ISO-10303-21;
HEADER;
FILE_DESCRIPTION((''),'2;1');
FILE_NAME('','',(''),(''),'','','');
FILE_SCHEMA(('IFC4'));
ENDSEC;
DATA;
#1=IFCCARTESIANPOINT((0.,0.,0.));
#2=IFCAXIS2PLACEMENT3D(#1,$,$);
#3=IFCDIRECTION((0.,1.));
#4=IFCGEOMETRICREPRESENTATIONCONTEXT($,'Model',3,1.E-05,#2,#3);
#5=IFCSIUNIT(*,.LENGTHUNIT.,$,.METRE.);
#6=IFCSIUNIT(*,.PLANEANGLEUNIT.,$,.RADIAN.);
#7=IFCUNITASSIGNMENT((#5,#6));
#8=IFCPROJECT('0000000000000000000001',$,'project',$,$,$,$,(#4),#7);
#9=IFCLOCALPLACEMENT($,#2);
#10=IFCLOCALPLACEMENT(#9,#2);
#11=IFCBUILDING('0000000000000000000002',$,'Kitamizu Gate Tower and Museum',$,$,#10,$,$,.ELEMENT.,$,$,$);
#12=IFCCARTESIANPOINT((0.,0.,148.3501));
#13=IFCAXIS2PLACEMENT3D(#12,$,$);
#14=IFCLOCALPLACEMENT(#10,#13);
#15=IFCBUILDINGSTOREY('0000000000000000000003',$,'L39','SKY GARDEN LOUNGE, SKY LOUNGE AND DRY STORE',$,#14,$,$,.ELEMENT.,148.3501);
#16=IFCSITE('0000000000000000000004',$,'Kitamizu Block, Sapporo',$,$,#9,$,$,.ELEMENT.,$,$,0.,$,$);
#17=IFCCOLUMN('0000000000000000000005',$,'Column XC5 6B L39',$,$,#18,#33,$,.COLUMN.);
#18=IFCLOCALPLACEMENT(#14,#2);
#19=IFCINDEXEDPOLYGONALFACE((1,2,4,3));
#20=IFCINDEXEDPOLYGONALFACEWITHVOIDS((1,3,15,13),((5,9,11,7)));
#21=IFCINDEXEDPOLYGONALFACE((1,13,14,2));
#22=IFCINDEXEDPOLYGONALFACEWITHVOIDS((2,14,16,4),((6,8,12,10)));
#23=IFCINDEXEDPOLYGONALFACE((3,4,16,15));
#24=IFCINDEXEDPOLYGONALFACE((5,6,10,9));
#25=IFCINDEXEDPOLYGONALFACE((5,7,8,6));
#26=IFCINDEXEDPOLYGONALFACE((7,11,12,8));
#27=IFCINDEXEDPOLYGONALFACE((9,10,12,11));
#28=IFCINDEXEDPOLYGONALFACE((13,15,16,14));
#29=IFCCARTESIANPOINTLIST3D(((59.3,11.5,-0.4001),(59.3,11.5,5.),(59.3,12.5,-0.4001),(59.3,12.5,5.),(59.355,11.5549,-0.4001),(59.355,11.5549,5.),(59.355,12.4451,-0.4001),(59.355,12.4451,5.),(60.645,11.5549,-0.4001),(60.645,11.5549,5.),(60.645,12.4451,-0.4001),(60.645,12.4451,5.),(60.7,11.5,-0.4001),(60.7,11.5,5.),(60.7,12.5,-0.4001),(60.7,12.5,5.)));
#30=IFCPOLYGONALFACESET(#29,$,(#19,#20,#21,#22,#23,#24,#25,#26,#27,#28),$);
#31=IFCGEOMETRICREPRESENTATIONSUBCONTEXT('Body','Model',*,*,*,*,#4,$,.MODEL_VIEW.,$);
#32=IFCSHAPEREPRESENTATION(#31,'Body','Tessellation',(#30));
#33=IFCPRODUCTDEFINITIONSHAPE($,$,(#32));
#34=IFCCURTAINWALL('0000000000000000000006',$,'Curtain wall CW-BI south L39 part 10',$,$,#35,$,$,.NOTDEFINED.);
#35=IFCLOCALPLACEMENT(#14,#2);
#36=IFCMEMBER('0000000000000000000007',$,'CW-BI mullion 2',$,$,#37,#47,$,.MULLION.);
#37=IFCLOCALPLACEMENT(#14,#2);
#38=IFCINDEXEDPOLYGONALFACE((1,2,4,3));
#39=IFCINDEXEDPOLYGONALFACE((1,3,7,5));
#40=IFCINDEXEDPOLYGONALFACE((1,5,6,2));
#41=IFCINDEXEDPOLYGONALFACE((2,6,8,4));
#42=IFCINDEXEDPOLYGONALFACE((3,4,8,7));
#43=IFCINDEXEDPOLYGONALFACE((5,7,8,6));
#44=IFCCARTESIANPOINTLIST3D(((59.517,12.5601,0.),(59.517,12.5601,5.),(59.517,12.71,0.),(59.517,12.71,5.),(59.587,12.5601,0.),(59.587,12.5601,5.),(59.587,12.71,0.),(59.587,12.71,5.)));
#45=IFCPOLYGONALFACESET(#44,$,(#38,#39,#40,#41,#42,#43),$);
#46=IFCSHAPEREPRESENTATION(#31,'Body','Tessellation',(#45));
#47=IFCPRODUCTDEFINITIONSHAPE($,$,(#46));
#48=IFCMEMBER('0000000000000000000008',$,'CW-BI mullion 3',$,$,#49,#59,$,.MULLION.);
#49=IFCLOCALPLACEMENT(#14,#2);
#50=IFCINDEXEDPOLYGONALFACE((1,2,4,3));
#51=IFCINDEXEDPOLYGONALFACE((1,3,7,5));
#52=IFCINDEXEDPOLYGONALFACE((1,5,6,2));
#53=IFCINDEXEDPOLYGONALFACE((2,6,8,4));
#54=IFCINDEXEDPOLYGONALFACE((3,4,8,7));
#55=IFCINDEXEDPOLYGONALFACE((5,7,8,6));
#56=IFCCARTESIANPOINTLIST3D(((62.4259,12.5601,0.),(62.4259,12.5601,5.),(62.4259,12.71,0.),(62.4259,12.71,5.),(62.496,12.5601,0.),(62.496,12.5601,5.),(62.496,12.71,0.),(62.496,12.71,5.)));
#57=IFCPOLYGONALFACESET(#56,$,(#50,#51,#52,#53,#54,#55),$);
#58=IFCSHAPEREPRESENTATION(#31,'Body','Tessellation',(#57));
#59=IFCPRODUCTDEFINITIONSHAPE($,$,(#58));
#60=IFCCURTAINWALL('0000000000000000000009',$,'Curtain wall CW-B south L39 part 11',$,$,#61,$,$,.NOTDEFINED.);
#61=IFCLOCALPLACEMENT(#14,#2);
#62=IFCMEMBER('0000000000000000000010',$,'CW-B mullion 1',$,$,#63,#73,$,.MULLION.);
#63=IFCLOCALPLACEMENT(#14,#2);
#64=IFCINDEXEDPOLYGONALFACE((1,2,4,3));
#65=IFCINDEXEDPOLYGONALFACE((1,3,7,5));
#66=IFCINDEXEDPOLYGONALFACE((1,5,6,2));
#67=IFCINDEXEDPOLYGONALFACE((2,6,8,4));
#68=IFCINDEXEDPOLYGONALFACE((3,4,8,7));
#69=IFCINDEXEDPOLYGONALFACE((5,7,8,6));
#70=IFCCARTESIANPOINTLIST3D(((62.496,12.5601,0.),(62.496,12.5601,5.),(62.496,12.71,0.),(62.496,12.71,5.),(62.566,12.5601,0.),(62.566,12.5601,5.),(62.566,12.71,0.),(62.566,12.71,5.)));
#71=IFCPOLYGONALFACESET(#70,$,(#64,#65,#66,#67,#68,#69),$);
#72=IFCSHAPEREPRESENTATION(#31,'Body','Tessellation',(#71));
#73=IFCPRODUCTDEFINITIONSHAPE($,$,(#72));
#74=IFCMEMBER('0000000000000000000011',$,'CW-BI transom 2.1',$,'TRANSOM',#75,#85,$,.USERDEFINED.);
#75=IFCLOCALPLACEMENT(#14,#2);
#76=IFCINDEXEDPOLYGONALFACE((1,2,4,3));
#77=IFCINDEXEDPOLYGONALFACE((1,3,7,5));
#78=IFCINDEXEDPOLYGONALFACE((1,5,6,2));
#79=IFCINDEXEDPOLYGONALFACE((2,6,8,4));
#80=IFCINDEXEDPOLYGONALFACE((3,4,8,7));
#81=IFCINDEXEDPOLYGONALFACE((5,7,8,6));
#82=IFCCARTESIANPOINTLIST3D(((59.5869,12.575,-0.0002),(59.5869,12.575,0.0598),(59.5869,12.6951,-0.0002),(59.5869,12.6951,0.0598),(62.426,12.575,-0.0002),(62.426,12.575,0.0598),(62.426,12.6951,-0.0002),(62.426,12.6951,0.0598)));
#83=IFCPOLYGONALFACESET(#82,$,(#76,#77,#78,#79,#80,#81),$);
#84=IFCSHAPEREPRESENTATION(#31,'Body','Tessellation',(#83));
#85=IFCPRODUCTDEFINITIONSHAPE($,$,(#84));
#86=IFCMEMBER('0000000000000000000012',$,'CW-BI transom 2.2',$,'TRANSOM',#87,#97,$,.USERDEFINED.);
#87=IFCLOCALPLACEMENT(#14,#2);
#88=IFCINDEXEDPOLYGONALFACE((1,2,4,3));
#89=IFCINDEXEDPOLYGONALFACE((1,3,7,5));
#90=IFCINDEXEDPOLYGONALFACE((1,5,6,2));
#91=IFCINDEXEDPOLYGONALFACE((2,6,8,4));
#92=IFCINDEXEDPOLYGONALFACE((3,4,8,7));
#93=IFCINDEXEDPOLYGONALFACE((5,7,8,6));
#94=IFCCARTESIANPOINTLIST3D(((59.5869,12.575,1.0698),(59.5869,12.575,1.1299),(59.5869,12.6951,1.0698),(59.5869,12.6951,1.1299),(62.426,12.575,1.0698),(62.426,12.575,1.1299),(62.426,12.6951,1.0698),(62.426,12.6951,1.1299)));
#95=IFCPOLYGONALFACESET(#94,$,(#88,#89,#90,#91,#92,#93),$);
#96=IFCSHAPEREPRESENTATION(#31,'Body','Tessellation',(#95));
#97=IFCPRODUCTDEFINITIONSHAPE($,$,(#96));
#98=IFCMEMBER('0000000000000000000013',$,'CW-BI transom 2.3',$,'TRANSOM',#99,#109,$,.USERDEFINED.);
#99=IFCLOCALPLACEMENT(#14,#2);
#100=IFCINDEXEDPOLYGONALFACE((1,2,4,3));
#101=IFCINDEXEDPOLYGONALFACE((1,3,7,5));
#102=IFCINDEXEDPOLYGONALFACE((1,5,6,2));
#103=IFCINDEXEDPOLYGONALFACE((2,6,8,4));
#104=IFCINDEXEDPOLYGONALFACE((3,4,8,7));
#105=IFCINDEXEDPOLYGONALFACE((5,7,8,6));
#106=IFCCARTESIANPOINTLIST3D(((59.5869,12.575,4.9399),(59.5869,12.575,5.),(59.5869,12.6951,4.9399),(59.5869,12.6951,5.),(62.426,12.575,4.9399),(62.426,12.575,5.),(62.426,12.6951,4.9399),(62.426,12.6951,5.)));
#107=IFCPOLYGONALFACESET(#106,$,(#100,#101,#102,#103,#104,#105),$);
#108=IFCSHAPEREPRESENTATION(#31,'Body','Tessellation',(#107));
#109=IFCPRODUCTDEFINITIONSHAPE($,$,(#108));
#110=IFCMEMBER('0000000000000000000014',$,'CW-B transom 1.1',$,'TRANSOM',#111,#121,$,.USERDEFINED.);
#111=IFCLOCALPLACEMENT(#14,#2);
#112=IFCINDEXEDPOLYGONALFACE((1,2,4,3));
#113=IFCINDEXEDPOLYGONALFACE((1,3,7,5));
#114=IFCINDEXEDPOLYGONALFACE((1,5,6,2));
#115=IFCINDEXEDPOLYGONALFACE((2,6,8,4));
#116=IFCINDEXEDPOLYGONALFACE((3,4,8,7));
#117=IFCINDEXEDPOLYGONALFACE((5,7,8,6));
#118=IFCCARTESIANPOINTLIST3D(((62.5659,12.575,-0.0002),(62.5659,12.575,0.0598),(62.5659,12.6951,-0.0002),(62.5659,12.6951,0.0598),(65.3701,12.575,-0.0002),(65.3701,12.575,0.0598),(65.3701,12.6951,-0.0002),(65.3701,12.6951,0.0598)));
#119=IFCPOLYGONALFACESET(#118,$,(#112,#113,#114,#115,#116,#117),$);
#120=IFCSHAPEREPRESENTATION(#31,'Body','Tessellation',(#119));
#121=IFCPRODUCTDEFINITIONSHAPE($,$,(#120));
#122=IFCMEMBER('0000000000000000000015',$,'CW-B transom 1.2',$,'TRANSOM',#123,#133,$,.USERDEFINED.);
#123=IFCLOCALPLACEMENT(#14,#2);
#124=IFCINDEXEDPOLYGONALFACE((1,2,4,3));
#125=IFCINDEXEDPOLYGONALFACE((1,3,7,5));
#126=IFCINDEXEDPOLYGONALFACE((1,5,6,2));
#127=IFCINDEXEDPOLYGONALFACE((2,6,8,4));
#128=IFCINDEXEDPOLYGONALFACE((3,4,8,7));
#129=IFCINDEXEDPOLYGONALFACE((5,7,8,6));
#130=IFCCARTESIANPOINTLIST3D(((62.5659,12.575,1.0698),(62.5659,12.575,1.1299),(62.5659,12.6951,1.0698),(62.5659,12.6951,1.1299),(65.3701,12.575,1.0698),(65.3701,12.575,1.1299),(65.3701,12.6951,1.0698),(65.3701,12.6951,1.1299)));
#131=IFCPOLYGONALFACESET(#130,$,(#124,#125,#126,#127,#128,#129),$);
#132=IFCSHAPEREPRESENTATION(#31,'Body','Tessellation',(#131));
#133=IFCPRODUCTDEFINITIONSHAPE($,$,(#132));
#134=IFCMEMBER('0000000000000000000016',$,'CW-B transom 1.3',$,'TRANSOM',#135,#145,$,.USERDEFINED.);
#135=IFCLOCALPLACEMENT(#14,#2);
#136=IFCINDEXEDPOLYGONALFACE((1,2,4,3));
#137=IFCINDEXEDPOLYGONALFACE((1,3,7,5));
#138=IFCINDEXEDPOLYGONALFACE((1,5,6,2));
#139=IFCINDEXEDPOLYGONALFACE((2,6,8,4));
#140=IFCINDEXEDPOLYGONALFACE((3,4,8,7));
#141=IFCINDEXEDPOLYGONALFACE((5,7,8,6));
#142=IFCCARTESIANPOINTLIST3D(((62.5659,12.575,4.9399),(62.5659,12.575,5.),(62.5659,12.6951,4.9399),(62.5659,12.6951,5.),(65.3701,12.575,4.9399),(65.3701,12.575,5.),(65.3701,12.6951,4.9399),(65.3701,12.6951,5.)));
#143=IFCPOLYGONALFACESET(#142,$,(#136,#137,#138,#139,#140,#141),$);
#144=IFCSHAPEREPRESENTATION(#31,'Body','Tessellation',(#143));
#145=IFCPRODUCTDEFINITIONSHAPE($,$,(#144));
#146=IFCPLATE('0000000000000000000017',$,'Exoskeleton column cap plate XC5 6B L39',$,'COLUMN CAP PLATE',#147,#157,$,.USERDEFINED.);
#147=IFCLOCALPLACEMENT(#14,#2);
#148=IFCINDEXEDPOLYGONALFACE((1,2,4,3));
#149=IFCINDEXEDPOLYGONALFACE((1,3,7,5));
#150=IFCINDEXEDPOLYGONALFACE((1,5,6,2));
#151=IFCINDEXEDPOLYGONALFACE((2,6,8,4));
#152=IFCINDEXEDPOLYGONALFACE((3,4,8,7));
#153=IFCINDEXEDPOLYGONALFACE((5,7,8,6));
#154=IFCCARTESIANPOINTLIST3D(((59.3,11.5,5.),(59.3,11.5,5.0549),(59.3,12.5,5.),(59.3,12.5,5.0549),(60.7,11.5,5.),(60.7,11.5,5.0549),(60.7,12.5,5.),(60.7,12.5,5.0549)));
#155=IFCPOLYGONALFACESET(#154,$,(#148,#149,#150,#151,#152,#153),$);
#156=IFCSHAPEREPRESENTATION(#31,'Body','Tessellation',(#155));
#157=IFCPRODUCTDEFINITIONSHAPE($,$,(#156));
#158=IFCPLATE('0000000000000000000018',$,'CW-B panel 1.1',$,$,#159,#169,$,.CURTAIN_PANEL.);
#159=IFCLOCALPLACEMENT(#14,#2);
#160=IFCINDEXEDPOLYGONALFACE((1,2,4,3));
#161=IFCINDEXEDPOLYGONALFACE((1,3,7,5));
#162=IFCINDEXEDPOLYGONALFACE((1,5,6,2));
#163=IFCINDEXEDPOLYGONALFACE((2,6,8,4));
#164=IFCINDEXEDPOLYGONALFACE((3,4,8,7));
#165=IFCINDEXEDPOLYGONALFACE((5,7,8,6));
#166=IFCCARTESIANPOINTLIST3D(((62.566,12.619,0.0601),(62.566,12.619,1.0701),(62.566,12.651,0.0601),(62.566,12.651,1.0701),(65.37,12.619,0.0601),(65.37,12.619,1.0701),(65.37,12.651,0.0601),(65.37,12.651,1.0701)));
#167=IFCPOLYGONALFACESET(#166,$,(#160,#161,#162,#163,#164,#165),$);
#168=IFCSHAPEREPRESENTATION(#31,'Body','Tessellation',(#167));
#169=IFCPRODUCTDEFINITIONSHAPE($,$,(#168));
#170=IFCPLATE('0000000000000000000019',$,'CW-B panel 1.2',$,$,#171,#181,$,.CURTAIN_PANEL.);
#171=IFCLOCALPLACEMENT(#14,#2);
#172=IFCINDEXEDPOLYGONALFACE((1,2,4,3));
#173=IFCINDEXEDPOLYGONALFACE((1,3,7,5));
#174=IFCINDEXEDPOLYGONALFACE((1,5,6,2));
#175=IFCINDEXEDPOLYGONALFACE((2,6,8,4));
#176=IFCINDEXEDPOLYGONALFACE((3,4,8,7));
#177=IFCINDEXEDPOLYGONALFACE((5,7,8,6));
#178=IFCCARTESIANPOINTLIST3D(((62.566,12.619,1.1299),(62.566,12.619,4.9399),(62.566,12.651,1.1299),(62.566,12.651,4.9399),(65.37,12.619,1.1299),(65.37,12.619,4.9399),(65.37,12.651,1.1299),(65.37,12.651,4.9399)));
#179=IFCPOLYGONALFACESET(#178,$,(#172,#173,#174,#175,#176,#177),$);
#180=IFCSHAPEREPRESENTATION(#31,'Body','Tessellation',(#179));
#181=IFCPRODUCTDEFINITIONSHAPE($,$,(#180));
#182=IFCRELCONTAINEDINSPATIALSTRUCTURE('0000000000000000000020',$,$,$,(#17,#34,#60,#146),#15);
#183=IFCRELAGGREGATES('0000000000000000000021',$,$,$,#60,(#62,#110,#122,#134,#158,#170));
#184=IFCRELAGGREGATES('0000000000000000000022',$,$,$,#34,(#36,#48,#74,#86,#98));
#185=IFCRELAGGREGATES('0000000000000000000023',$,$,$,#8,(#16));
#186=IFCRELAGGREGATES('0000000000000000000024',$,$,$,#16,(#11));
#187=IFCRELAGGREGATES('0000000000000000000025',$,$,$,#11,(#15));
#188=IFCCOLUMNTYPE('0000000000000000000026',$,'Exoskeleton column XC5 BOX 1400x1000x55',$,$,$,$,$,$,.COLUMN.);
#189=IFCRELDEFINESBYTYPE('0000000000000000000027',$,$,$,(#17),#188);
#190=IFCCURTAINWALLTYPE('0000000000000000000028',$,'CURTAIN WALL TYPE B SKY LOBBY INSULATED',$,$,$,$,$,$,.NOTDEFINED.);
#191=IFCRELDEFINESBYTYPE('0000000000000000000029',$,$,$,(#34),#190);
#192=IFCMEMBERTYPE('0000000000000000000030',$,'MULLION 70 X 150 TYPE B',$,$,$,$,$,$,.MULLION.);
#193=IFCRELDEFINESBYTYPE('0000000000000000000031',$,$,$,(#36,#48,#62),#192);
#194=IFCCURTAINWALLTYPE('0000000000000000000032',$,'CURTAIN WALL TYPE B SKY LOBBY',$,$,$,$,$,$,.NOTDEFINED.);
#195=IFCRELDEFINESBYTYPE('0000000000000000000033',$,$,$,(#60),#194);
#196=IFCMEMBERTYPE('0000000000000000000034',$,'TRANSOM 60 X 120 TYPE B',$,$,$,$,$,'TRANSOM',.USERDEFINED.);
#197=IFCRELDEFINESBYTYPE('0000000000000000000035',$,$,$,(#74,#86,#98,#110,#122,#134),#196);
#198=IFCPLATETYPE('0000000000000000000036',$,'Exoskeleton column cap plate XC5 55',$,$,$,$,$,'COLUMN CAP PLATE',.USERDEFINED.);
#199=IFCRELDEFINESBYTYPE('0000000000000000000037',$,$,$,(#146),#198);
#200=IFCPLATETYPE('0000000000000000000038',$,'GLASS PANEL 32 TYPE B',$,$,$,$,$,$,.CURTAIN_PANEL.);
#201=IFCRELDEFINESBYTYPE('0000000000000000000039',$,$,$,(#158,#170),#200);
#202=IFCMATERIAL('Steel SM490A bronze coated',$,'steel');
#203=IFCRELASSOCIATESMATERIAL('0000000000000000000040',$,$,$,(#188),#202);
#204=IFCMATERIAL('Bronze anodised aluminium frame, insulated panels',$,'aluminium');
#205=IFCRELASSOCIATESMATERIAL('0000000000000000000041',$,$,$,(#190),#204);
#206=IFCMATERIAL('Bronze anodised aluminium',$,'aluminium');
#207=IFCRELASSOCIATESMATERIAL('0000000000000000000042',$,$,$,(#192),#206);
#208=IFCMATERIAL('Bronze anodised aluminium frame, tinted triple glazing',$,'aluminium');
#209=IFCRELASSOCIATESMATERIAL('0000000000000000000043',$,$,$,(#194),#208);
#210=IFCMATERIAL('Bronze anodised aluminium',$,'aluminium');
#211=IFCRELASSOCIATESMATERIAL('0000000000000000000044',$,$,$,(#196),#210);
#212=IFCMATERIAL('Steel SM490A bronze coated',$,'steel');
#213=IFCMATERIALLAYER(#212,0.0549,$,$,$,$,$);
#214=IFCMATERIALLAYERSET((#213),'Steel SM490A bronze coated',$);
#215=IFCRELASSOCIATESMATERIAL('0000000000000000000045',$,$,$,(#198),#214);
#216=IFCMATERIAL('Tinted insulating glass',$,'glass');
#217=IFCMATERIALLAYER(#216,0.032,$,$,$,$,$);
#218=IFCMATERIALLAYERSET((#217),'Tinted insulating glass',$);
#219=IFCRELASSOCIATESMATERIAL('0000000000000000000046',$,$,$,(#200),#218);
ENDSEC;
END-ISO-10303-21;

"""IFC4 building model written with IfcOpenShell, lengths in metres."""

from ifc_helpers import new_model, si_unit, direction, frame, origin, origin_2d, place, context, subcontext, project, spatial, rectangle, hollow_rectangle, extrude, material, layer, layer_set, material_profile, profile_set, type_object, element, aggregate, save


model = new_model("IFC4")

# Units and contexts
model_context = context("Model", 3, precision=1e-05, world=origin(), true_north=direction((0.0, 1.0)))
body_context = subcontext(model_context, "Body", "Model", "MODEL_VIEW")
ifc_project = project(units=[si_unit("LENGTHUNIT", "METRE"), si_unit("PLANEANGLEUNIT", "RADIAN")], contexts=[model_context])

# Site, building, storey
site_placement = place(None, origin())
site = spatial("IfcSite", under=ifc_project, at=site_placement, Name="Kitamizu Block, Sapporo", CompositionType="ELEMENT", RefElevation=0.0)
building_placement = place(site_placement, origin())
building = spatial("IfcBuilding", under=site, at=building_placement, Name="Kitamizu Gate Tower and Museum", CompositionType="ELEMENT")
storey_placement = place(building_placement, frame((0.0, 0.0, 148.3501)))
storey = spatial("IfcBuildingStorey", under=building, at=storey_placement, Name="L39", Description="SKY GARDEN LOUNGE, SKY LOUNGE AND DRY STORE", CompositionType="ELEMENT", Elevation=148.3501)

# Column
ifc_material_1 = material(Name="Steel SM490A bronze coated", Category="steel")
ifc_material_profile_1 = material_profile(ifc_material_1, hollow_rectangle(XDim=1.3999, YDim=1.0, WallThickness=0.0549, at=origin_2d()), Name="BOX 1400x1000x55")
ifc_profile_set_1 = profile_set([ifc_material_profile_1], Name="Steel SM490A bronze coated")
column_type = type_object("IfcColumnType", Name="Exoskeleton column XC5 BOX 1400x1000x55", PredefinedType="COLUMN", material=ifc_profile_set_1)
column_placement = place(storey_placement, frame((60.0, 12.0, -0.4001), z_axis=(0.0, 0.0, 1.0), x_axis=(1.0, 0.0, 0.0)))
element("IfcColumn", 1, at=column_placement, inside=storey, type_object=column_type, Name="Column XC5 6B L39", PredefinedType="COLUMN", context=body_context, shape_type="SweptSolid", body=[
    extrude(hollow_rectangle(XDim=1.3999, YDim=1.0, WallThickness=0.0549, at=origin_2d()), origin(), (0.0, 0.0, 1.0), 5.4001),
])

# Curtain wall, members
ifc_material_2 = material(Name="Bronze anodised aluminium frame, insulated panels", Category="aluminium")
curtain_wall_type_1 = type_object("IfcCurtainWallType", Name="CURTAIN WALL TYPE B SKY LOBBY INSULATED", PredefinedType="NOTDEFINED", material=ifc_material_2)
curtain_wall_1_placement = place(storey_placement, origin())
curtain_wall_1 = element("IfcCurtainWall", 2, at=curtain_wall_1_placement, inside=storey, type_object=curtain_wall_type_1, Name="Curtain wall CW-BI south L39 part 10", PredefinedType="NOTDEFINED")
ifc_material_3 = material(Name="Bronze anodised aluminium", Category="aluminium")
ifc_material_profile_2 = material_profile(ifc_material_3, rectangle(XDim=0.0701, YDim=0.1499, at=origin_2d()), Name="AL 70X150")
ifc_profile_set_2 = profile_set([ifc_material_profile_2], Name="Bronze anodised aluminium")
member_type_1 = type_object("IfcMemberType", Name="MULLION 70 X 150 TYPE B", PredefinedType="MULLION", material=ifc_profile_set_2)
member_1_placement = place(storey_placement, frame((59.552, 12.635, 0.0), z_axis=(0.0, 0.0, 1.0), x_axis=(1.0, 0.0, 0.0)))
member_1 = element("IfcMember", 3, at=member_1_placement, type_object=member_type_1, Name="CW-BI mullion 2", PredefinedType="MULLION", context=body_context, shape_type="SweptSolid", body=[
    extrude(rectangle(XDim=0.0701, YDim=0.1499, at=origin_2d()), origin(), (0.0, 0.0, 1.0), 5.0),
])
member_2_placement = place(storey_placement, frame((62.4609, 12.635, 0.0), z_axis=(0.0, 0.0, 1.0), x_axis=(1.0, 0.0, 0.0)))
member_2 = element("IfcMember", 4, at=member_2_placement, type_object=member_type_1, Name="CW-BI mullion 3", PredefinedType="MULLION", context=body_context, shape_type="SweptSolid", body=[
    extrude(rectangle(XDim=0.0701, YDim=0.1499, at=origin_2d()), origin(), (0.0, 0.0, 1.0), 5.0),
])

# Curtain wall, member
ifc_material_4 = material(Name="Bronze anodised aluminium frame, tinted triple glazing", Category="aluminium")
curtain_wall_type_2 = type_object("IfcCurtainWallType", Name="CURTAIN WALL TYPE B SKY LOBBY", PredefinedType="NOTDEFINED", material=ifc_material_4)
curtain_wall_2_placement = place(storey_placement, origin())
curtain_wall_2 = element("IfcCurtainWall", 5, at=curtain_wall_2_placement, inside=storey, type_object=curtain_wall_type_2, Name="Curtain wall CW-B south L39 part 11", PredefinedType="NOTDEFINED")
member_3_placement = place(storey_placement, frame((62.531, 12.635, 0.0), z_axis=(0.0, 0.0, 1.0), x_axis=(1.0, 0.0, 0.0)))
member_3 = element("IfcMember", 6, at=member_3_placement, type_object=member_type_1, Name="CW-B mullion 1", PredefinedType="MULLION", context=body_context, shape_type="SweptSolid", body=[
    extrude(rectangle(XDim=0.0701, YDim=0.1499, at=origin_2d()), origin(), (0.0, 0.0, 1.0), 5.0),
])

# Members
ifc_material_5 = material(Name="Bronze anodised aluminium", Category="aluminium")
ifc_material_profile_3 = material_profile(ifc_material_5, rectangle(XDim=0.1201, YDim=0.0601, at=origin_2d()), Name="AL 60X120")
ifc_profile_set_3 = profile_set([ifc_material_profile_3], Name="Bronze anodised aluminium")
member_type_2 = type_object("IfcMemberType", Name="TRANSOM 60 X 120 TYPE B", ElementType="TRANSOM", PredefinedType="USERDEFINED", material=ifc_profile_set_3)
member_4_placement = place(storey_placement, frame((59.5869, 12.635, 0.0298), z_axis=(1.0, 0.0, 0.0), x_axis=(0.0, 1.0, 0.0)))
member_4 = element("IfcMember", 7, at=member_4_placement, type_object=member_type_2, Name="CW-BI transom 2.1", ObjectType="TRANSOM", PredefinedType="USERDEFINED", context=body_context, shape_type="SweptSolid", body=[
    extrude(rectangle(XDim=0.1201, YDim=0.0601, at=origin_2d()), origin(), (0.0, 0.0, 1.0), 2.8391),
])
member_5_placement = place(storey_placement, frame((59.5869, 12.635, 1.0999), z_axis=(1.0, 0.0, 0.0), x_axis=(0.0, 1.0, 0.0)))
member_5 = element("IfcMember", 8, at=member_5_placement, type_object=member_type_2, Name="CW-BI transom 2.2", ObjectType="TRANSOM", PredefinedType="USERDEFINED", context=body_context, shape_type="SweptSolid", body=[
    extrude(rectangle(XDim=0.1201, YDim=0.0601, at=origin_2d()), origin(), (0.0, 0.0, 1.0), 2.8391),
])
member_6_placement = place(storey_placement, frame((59.5869, 12.635, 4.97), z_axis=(1.0, 0.0, 0.0), x_axis=(0.0, 1.0, 0.0)))
member_6 = element("IfcMember", 9, at=member_6_placement, type_object=member_type_2, Name="CW-BI transom 2.3", ObjectType="TRANSOM", PredefinedType="USERDEFINED", context=body_context, shape_type="SweptSolid", body=[
    extrude(rectangle(XDim=0.1201, YDim=0.0601, at=origin_2d()), origin(), (0.0, 0.0, 1.0), 2.8391),
])
member_7_placement = place(storey_placement, frame((62.5659, 12.635, 0.0298), z_axis=(1.0, 0.0, 0.0), x_axis=(0.0, 1.0, 0.0)))
member_7 = element("IfcMember", 10, at=member_7_placement, type_object=member_type_2, Name="CW-B transom 1.1", ObjectType="TRANSOM", PredefinedType="USERDEFINED", context=body_context, shape_type="SweptSolid", body=[
    extrude(rectangle(XDim=0.1201, YDim=0.0601, at=origin_2d()), origin(), (0.0, 0.0, 1.0), 2.8042),
])
member_8_placement = place(storey_placement, frame((62.5659, 12.635, 1.0999), z_axis=(1.0, 0.0, 0.0), x_axis=(0.0, 1.0, 0.0)))
member_8 = element("IfcMember", 11, at=member_8_placement, type_object=member_type_2, Name="CW-B transom 1.2", ObjectType="TRANSOM", PredefinedType="USERDEFINED", context=body_context, shape_type="SweptSolid", body=[
    extrude(rectangle(XDim=0.1201, YDim=0.0601, at=origin_2d()), origin(), (0.0, 0.0, 1.0), 2.8042),
])
member_9_placement = place(storey_placement, frame((62.5659, 12.635, 4.97), z_axis=(1.0, 0.0, 0.0), x_axis=(0.0, 1.0, 0.0)))
member_9 = element("IfcMember", 12, at=member_9_placement, type_object=member_type_2, Name="CW-B transom 1.3", ObjectType="TRANSOM", PredefinedType="USERDEFINED", context=body_context, shape_type="SweptSolid", body=[
    extrude(rectangle(XDim=0.1201, YDim=0.0601, at=origin_2d()), origin(), (0.0, 0.0, 1.0), 2.8042),
])

# Plates
ifc_material_6 = material(Name="Steel SM490A bronze coated", Category="steel")
ifc_layer_1 = layer(ifc_material_6, 0.0549)
ifc_layer_set_1 = layer_set([ifc_layer_1], Name="Steel SM490A bronze coated")
plate_type_1 = type_object("IfcPlateType", Name="Exoskeleton column cap plate XC5 55", ElementType="COLUMN CAP PLATE", PredefinedType="USERDEFINED", material=ifc_layer_set_1)
plate_1_placement = place(storey_placement, frame((60.0, 12.0, 5.0), z_axis=(0.0, 0.0, 1.0), x_axis=(1.0, 0.0, 0.0)))
element("IfcPlate", 13, at=plate_1_placement, inside=storey, type_object=plate_type_1, Name="Exoskeleton column cap plate XC5 6B L39", ObjectType="COLUMN CAP PLATE", PredefinedType="USERDEFINED", context=body_context, shape_type="SweptSolid", body=[
    extrude(rectangle(XDim=1.3999, YDim=1.0, at=origin_2d()), origin(), (0.0, 0.0, 1.0), 0.0549),
])
ifc_material_7 = material(Name="Tinted insulating glass", Category="glass")
ifc_layer_2 = layer(ifc_material_7, 0.032)
ifc_layer_set_2 = layer_set([ifc_layer_2], Name="Tinted insulating glass")
plate_type_2 = type_object("IfcPlateType", Name="GLASS PANEL 32 TYPE B", PredefinedType="CURTAIN_PANEL", material=ifc_layer_set_2)
plate_2_placement = place(storey_placement, frame((63.968, 12.635, 0.0601), z_axis=(0.0, 0.0, 1.0), x_axis=(1.0, 0.0, 0.0)))
plate_2 = element("IfcPlate", 14, at=plate_2_placement, type_object=plate_type_2, Name="CW-B panel 1.1", PredefinedType="CURTAIN_PANEL", context=body_context, shape_type="SweptSolid", body=[
    extrude(rectangle(XDim=2.804, YDim=0.032, at=origin_2d()), origin(), (0.0, 0.0, 1.0), 1.01),
])
plate_3_placement = place(storey_placement, frame((63.968, 12.635, 1.1299), z_axis=(0.0, 0.0, 1.0), x_axis=(1.0, 0.0, 0.0)))
plate_3 = element("IfcPlate", 15, at=plate_3_placement, type_object=plate_type_2, Name="CW-B panel 1.2", PredefinedType="CURTAIN_PANEL", context=body_context, shape_type="SweptSolid", body=[
    extrude(rectangle(XDim=2.804, YDim=0.032, at=origin_2d()), origin(), (0.0, 0.0, 1.0), 3.8101),
])
aggregate(curtain_wall_2, [member_3, member_7, member_8, member_9, plate_2, plate_3])
aggregate(curtain_wall_1, [member_1, member_2, member_4, member_5, member_6])

save(model, "model.ifc")
